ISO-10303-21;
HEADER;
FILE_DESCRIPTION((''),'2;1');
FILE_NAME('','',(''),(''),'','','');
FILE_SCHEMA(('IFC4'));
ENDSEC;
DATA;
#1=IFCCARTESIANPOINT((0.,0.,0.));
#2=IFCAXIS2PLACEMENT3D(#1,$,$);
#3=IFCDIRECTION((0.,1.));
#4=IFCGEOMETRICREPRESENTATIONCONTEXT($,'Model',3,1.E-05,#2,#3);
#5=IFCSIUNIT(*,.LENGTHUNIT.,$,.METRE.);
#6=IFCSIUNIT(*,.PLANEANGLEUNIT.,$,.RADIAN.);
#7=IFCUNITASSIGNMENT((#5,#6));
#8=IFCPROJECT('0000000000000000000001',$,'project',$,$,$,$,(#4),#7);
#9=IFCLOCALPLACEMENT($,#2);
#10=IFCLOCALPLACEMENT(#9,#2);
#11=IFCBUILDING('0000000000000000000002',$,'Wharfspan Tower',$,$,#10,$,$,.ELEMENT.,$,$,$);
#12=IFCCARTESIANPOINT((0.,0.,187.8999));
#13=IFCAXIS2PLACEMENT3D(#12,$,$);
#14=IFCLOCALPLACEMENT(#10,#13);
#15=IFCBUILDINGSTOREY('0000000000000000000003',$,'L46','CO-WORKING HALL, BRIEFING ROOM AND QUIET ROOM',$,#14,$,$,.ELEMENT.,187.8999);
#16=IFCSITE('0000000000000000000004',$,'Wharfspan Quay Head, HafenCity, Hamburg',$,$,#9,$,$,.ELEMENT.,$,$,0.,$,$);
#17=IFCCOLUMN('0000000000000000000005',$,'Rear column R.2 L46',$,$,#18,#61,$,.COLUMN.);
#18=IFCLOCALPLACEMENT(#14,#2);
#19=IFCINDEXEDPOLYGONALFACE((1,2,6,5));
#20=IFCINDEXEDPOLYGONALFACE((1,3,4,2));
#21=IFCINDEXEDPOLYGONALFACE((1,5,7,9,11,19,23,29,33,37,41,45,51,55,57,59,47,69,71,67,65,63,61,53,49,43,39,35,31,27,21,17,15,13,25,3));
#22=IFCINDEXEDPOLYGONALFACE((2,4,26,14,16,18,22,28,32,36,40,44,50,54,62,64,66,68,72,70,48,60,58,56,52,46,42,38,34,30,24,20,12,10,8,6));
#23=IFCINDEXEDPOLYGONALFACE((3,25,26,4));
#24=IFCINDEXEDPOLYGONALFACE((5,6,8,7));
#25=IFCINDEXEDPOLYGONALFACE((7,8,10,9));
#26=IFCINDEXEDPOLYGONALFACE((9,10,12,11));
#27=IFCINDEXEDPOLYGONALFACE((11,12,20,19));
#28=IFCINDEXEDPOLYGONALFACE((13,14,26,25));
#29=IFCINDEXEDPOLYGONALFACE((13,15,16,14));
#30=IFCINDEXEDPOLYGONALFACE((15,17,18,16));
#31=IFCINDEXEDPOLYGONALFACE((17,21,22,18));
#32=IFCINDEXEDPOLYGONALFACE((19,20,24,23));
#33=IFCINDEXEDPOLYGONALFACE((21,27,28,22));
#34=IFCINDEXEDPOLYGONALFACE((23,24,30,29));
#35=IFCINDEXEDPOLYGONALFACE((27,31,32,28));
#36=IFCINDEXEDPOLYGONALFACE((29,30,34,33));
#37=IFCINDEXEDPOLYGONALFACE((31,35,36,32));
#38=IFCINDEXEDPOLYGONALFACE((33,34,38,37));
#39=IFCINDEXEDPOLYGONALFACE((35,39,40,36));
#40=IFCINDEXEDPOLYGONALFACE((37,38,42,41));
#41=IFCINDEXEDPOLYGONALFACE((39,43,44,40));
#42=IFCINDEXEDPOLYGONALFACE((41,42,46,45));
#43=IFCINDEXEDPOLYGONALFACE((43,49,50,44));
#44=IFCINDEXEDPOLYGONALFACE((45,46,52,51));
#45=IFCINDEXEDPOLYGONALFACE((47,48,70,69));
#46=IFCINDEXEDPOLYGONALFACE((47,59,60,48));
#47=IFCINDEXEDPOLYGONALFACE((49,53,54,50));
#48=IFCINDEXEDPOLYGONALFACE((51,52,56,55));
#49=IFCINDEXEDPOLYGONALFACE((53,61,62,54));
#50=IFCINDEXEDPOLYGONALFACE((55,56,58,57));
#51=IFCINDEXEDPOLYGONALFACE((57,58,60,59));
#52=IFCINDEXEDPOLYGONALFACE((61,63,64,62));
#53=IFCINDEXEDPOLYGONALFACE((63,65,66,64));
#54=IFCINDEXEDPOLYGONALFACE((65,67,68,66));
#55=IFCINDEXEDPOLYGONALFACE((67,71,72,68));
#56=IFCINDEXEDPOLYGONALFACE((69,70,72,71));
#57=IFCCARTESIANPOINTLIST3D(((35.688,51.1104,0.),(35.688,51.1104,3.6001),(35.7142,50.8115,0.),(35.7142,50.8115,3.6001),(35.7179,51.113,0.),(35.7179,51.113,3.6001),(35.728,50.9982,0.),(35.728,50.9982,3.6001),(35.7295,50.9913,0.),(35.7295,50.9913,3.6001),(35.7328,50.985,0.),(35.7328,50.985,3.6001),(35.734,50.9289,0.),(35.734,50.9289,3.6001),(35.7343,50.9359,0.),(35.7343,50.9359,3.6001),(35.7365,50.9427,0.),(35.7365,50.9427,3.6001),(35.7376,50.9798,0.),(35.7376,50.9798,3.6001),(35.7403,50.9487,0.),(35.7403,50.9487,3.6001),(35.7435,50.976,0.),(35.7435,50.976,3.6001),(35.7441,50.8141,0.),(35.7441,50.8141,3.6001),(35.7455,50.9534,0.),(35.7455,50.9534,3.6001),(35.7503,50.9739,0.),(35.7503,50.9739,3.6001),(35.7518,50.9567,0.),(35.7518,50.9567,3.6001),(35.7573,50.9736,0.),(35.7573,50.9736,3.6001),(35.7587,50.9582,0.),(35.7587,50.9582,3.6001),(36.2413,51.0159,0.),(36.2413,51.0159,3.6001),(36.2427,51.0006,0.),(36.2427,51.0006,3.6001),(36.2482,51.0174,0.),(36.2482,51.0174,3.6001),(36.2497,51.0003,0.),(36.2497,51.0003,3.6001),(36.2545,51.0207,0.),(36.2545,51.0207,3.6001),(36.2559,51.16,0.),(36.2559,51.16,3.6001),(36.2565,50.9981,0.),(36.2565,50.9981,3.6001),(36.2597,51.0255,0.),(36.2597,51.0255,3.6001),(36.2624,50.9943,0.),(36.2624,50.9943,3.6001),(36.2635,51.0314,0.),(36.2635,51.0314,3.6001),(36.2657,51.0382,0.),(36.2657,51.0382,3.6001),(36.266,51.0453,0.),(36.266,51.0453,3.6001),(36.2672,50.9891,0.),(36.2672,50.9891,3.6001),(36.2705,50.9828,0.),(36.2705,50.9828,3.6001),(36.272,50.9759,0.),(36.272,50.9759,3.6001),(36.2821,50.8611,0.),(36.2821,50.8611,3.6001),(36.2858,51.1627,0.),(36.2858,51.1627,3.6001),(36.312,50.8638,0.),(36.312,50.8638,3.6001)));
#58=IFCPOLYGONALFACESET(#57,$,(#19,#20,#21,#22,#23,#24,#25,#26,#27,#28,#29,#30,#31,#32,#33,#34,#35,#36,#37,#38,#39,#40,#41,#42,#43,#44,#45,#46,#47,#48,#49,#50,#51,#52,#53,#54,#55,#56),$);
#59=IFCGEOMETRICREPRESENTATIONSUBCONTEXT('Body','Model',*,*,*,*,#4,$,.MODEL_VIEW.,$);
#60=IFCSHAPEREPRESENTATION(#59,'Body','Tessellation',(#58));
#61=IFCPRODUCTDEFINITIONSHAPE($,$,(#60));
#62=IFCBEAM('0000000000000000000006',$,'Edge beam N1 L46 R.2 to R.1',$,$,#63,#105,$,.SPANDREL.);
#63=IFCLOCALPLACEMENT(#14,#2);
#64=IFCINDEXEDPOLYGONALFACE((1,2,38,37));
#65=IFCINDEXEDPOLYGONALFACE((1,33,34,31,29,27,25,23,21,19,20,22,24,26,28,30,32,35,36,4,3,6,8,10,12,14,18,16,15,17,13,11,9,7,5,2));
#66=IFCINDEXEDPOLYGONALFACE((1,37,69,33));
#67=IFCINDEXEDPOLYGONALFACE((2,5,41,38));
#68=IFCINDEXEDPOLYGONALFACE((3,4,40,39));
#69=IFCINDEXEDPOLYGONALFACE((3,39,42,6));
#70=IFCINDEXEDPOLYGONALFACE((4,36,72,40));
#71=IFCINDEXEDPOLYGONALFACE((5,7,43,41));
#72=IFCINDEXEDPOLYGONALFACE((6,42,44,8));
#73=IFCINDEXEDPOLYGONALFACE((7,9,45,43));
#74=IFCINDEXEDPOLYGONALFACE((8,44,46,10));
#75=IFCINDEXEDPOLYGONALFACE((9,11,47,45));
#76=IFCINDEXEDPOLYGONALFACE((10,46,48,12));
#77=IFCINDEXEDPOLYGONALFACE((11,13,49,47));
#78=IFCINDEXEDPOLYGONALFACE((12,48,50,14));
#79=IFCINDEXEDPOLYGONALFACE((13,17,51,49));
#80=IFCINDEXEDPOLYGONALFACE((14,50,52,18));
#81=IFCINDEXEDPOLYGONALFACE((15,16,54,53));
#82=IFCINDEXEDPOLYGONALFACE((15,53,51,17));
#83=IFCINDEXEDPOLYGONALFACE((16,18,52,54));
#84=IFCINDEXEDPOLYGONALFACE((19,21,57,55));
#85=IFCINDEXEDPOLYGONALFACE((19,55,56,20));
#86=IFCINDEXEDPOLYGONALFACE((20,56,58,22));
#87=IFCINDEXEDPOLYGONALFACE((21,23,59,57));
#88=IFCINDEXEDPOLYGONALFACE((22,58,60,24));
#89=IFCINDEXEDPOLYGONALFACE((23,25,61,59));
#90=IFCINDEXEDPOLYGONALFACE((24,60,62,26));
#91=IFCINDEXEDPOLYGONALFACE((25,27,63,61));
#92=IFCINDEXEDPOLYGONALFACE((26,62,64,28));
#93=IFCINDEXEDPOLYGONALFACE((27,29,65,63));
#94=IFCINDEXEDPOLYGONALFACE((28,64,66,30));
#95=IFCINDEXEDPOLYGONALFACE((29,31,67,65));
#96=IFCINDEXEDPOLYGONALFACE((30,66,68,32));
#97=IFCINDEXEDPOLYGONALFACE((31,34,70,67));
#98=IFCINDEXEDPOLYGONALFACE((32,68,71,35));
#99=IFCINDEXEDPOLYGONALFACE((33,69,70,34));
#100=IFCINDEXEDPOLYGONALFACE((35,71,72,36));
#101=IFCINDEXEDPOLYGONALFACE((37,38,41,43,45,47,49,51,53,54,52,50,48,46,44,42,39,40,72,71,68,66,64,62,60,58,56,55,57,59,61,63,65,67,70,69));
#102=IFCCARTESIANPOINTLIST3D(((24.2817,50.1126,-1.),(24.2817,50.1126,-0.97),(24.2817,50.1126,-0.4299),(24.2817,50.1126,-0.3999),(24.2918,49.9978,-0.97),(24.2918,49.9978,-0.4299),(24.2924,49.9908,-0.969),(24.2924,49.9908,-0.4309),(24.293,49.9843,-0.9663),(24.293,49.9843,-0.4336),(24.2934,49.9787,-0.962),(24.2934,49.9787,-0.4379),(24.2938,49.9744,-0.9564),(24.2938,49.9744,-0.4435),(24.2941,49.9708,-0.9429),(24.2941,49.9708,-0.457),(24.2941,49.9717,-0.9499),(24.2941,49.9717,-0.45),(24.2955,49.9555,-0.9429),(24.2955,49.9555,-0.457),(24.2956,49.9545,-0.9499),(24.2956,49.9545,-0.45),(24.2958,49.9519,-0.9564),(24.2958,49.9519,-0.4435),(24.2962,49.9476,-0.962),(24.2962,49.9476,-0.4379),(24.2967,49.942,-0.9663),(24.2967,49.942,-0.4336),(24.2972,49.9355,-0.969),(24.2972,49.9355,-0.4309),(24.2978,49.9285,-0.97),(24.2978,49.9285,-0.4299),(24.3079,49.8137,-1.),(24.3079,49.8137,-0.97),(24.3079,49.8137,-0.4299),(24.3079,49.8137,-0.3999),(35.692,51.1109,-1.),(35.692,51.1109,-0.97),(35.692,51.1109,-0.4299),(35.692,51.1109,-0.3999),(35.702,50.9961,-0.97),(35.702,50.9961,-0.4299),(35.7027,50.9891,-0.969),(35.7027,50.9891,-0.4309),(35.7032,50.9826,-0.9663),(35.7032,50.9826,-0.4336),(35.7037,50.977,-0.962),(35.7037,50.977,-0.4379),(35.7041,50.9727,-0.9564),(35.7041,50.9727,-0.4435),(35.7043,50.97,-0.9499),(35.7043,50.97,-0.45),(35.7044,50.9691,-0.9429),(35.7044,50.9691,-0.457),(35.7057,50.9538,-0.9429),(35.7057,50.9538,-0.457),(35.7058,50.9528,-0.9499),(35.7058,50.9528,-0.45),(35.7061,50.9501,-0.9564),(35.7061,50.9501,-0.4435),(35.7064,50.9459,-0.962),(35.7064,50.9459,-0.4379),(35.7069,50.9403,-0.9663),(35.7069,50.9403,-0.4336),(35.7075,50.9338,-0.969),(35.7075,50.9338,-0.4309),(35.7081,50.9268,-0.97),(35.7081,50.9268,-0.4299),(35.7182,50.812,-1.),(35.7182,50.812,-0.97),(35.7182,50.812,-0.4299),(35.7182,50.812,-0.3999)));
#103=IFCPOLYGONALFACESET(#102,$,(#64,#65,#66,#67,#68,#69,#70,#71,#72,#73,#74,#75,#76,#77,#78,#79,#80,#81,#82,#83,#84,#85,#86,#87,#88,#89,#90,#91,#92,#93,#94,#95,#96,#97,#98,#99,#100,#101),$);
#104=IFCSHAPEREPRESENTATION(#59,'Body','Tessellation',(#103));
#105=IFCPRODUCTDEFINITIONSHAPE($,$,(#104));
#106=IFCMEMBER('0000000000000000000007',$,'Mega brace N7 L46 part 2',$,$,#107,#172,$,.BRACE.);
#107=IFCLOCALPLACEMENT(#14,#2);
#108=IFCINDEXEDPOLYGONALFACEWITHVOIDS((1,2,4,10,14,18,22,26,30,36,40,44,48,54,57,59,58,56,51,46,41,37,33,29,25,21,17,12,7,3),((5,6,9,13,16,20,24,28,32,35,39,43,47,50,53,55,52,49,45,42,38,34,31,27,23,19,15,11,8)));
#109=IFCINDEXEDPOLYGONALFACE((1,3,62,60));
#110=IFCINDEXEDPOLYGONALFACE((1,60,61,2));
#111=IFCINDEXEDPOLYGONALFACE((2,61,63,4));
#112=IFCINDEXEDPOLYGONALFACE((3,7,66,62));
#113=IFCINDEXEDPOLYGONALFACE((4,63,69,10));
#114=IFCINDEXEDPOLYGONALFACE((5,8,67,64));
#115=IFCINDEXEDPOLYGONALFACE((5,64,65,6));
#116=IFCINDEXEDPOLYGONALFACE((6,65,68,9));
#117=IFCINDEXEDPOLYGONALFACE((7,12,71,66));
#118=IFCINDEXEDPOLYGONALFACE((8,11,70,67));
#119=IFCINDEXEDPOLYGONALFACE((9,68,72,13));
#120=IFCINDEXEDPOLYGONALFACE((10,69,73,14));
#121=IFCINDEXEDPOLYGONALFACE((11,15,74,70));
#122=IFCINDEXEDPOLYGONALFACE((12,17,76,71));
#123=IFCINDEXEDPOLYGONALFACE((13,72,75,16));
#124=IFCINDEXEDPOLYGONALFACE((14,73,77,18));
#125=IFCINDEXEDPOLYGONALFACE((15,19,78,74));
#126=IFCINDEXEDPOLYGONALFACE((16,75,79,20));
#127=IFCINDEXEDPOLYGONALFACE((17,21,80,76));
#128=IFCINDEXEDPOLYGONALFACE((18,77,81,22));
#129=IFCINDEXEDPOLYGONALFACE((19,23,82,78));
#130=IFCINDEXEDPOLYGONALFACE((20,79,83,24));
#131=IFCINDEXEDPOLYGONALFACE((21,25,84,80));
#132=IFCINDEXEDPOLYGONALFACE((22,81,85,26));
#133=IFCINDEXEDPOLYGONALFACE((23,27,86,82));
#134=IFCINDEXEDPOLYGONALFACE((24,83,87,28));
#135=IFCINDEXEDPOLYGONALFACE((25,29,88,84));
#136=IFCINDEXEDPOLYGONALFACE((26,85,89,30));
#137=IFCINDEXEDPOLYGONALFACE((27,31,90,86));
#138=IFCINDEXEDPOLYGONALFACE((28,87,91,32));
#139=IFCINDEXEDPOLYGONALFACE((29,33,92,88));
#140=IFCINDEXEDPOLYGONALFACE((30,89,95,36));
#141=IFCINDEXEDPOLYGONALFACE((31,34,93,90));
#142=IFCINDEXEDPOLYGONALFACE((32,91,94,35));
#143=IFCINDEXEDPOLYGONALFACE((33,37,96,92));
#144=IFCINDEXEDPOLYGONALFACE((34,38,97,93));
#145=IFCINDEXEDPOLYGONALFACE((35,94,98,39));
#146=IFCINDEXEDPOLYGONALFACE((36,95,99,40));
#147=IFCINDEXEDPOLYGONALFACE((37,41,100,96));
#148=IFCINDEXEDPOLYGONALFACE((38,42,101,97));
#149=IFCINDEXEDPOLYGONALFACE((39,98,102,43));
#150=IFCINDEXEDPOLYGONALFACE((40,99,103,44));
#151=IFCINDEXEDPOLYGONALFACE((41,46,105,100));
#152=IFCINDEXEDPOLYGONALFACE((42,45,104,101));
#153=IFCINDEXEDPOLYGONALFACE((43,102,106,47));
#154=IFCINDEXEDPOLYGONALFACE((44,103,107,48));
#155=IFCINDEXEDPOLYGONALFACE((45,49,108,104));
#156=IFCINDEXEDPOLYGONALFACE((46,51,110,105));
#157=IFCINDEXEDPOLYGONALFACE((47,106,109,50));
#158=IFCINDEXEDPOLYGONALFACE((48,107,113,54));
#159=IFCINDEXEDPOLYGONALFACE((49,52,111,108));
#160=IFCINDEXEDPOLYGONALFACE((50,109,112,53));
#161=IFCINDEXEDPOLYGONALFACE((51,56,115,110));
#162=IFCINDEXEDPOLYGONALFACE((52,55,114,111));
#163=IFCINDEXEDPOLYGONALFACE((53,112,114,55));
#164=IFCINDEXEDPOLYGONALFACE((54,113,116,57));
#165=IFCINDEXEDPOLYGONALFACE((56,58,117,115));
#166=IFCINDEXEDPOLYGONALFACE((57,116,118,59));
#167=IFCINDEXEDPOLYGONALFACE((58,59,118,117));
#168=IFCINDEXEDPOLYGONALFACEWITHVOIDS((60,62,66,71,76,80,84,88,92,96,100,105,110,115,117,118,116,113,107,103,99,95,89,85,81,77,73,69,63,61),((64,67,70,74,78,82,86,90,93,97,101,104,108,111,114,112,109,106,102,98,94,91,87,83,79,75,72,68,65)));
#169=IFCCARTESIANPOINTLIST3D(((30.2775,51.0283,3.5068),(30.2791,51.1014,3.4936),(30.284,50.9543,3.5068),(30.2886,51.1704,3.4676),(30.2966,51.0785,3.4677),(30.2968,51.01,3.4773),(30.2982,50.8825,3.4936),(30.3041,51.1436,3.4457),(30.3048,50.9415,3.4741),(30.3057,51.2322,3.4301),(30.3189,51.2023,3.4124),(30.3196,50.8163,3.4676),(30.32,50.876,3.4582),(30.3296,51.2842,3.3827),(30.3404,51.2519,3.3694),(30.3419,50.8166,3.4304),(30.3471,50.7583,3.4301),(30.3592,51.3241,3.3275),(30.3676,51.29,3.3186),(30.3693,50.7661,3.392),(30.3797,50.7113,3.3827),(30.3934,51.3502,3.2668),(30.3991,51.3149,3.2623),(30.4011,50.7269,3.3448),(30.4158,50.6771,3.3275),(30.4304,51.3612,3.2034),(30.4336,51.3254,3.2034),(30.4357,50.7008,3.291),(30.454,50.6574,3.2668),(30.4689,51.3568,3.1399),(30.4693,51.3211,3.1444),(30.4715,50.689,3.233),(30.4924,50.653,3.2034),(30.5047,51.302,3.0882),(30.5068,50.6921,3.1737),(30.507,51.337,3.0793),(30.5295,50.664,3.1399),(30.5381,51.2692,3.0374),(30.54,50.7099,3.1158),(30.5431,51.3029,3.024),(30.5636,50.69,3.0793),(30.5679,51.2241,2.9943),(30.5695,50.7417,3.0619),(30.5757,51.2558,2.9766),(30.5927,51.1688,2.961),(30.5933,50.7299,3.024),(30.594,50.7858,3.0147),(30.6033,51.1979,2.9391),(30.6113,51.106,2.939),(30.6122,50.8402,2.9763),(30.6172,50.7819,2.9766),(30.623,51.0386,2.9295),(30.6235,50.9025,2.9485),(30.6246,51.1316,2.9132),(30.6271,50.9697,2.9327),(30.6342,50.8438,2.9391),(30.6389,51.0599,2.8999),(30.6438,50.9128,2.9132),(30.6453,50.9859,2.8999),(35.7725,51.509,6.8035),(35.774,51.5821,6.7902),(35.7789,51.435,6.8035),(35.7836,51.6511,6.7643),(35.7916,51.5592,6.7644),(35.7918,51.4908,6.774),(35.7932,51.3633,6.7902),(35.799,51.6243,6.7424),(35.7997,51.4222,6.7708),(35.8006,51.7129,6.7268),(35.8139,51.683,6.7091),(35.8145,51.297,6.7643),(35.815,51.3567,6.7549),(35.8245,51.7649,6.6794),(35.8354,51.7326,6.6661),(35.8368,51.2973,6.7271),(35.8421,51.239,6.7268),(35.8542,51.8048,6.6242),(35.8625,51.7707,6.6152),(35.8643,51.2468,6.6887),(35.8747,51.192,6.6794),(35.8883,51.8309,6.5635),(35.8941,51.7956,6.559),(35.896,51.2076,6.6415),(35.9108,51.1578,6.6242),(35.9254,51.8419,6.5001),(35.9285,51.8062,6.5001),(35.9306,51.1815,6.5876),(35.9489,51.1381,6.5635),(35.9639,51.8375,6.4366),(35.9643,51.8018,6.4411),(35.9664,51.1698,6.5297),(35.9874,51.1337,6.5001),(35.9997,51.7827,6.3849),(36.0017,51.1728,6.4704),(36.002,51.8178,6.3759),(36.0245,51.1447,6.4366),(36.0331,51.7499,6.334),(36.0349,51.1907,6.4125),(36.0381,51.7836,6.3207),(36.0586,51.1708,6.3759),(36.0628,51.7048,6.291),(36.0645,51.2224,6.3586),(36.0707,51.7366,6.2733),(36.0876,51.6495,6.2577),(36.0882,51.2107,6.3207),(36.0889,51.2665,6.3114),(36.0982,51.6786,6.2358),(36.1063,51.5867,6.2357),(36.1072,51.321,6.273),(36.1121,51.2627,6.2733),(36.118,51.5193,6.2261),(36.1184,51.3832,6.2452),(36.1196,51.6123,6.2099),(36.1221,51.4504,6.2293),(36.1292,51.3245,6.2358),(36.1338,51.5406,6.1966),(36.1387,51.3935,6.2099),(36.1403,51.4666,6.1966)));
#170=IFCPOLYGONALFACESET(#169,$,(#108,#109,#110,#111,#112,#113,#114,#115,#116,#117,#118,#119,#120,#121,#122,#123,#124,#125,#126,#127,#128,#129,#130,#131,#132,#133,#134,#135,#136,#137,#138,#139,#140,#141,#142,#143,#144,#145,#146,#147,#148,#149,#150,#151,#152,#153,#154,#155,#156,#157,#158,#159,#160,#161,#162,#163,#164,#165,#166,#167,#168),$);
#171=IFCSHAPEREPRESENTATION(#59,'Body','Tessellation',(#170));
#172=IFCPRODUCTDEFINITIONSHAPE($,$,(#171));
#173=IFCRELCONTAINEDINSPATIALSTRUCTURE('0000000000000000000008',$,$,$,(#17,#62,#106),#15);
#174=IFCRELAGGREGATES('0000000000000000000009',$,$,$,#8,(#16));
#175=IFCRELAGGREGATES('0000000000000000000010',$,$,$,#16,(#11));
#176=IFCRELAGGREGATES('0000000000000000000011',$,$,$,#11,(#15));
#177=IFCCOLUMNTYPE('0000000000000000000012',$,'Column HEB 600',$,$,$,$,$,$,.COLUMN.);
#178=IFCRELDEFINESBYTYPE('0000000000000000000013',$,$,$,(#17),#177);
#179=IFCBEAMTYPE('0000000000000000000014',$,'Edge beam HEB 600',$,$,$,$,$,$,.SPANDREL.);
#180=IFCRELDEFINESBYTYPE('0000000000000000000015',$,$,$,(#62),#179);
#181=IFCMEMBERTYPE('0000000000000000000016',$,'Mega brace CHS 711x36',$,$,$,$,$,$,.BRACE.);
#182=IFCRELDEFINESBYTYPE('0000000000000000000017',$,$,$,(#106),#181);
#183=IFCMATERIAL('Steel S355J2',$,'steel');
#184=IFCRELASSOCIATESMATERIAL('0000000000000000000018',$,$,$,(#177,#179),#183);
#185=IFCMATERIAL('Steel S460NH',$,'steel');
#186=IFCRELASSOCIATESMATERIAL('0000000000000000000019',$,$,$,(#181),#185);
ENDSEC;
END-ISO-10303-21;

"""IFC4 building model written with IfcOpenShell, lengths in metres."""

from ifc_helpers import new_model, si_unit, direction, frame, origin, origin_2d, place, context, subcontext, project, spatial, hollow_circle, i_section, extrude, material, material_profile, profile_set, type_object, element, save


model = new_model("IFC4")

# Units and contexts
model_context = context("Model", 3, precision=1e-05, world=origin(), true_north=direction((0.0, 1.0)))
body_context = subcontext(model_context, "Body", "Model", "MODEL_VIEW")
ifc_project = project(units=[si_unit("LENGTHUNIT", "METRE"), si_unit("PLANEANGLEUNIT", "RADIAN")], contexts=[model_context])

# Site, building, storey
site_placement = place(None, origin())
site = spatial("IfcSite", under=ifc_project, at=site_placement, Name="Wharfspan Quay Head, HafenCity, Hamburg", CompositionType="ELEMENT", RefElevation=0.0)
building_placement = place(site_placement, origin())
building = spatial("IfcBuilding", under=site, at=building_placement, Name="Wharfspan Tower", CompositionType="ELEMENT")
storey_placement = place(building_placement, frame((0.0, 0.0, 187.8999)))
storey = spatial("IfcBuildingStorey", under=building, at=storey_placement, Name="L46", Description="CO-WORKING HALL, BRIEFING ROOM AND QUIET ROOM", CompositionType="ELEMENT", Elevation=187.8999)

# Column
ifc_material_1 = material(Name="Steel S355J2", Category="steel")
ifc_material_profile_1 = material_profile(ifc_material_1, i_section(OverallWidth=0.3, OverallDepth=0.6001, WebThickness=0.0154, FlangeThickness=0.03, FilletRadius=0.0271, at=origin_2d()))
ifc_profile_set_1 = profile_set([ifc_material_profile_1], Name="Steel S355J2")
column_type = type_object("IfcColumnType", Name="Column HEB 600", PredefinedType="COLUMN", material=ifc_profile_set_1)
column_placement = place(storey_placement, frame((36.0, 50.9871, 0.0), z_axis=(0.0, 0.0, 1.0), x_axis=(-0.087156, 0.996198, 0.0)))
element("IfcColumn", 1, at=column_placement, inside=storey, type_object=column_type, Name="Rear column R.2 L46", PredefinedType="COLUMN", context=body_context, shape_type="SweptSolid", body=[
    extrude(i_section(OverallWidth=0.3, OverallDepth=0.6001, WebThickness=0.0154, FlangeThickness=0.03, FilletRadius=0.0271, at=origin_2d()), origin(), (0.0, 0.0, 1.0), 3.6001),
])

# Beam
ifc_material_profile_2 = material_profile(ifc_material_1, i_section(OverallWidth=0.3, OverallDepth=0.6001, WebThickness=0.0154, FlangeThickness=0.03, FilletRadius=0.0271, at=origin_2d()))
ifc_profile_set_2 = profile_set([ifc_material_profile_2], Name="Steel S355J2")
beam_type = type_object("IfcBeamType", Name="Edge beam HEB 600", PredefinedType="SPANDREL", material=ifc_profile_set_2)
beam_placement = place(storey_placement, frame((35.7051, 50.9614, -0.7), z_axis=(-0.996194, -0.087158, 0.0), x_axis=(0.087158, -0.996194, 0.0)))
element("IfcBeam", 2, at=beam_placement, inside=storey, type_object=beam_type, Name="Edge beam N1 L46 R.2 to R.1", PredefinedType="SPANDREL", context=body_context, shape_type="SweptSolid", body=[
    extrude(i_section(OverallWidth=0.3, OverallDepth=0.6001, WebThickness=0.0154, FlangeThickness=0.03, FilletRadius=0.0271, at=origin_2d()), origin(), (0.0, 0.0, 1.0), 11.4539),
])

# Member
ifc_material_2 = material(Name="Steel S460NH", Category="steel")
ifc_material_profile_3 = material_profile(ifc_material_2, hollow_circle(Radius=0.3555, WallThickness=0.0359, at=origin_2d()))
ifc_profile_set_3 = profile_set([ifc_material_profile_3], Name="Steel S460NH")
member_type = type_object("IfcMemberType", Name="Mega brace CHS 711x36", PredefinedType="BRACE", material=ifc_profile_set_3)
member_1_placement = place(storey_placement, frame((30.4614, 51.0071, 3.2034), z_axis=(0.85511, 0.074808, 0.513021), x_axis=(-0.08715, 0.996195, -0.000001)))
element("IfcMember", 3, at=member_1_placement, inside=storey, type_object=member_type, Name="Mega brace N7 L46 part 2", PredefinedType="BRACE", context=body_context, shape_type="SweptSolid", body=[
    extrude(hollow_circle(Radius=0.3555, WallThickness=0.0359, at=origin_2d()), origin(), (0.0, 0.0, 1.0), 6.426),
])

save(model, "model.ifc")
